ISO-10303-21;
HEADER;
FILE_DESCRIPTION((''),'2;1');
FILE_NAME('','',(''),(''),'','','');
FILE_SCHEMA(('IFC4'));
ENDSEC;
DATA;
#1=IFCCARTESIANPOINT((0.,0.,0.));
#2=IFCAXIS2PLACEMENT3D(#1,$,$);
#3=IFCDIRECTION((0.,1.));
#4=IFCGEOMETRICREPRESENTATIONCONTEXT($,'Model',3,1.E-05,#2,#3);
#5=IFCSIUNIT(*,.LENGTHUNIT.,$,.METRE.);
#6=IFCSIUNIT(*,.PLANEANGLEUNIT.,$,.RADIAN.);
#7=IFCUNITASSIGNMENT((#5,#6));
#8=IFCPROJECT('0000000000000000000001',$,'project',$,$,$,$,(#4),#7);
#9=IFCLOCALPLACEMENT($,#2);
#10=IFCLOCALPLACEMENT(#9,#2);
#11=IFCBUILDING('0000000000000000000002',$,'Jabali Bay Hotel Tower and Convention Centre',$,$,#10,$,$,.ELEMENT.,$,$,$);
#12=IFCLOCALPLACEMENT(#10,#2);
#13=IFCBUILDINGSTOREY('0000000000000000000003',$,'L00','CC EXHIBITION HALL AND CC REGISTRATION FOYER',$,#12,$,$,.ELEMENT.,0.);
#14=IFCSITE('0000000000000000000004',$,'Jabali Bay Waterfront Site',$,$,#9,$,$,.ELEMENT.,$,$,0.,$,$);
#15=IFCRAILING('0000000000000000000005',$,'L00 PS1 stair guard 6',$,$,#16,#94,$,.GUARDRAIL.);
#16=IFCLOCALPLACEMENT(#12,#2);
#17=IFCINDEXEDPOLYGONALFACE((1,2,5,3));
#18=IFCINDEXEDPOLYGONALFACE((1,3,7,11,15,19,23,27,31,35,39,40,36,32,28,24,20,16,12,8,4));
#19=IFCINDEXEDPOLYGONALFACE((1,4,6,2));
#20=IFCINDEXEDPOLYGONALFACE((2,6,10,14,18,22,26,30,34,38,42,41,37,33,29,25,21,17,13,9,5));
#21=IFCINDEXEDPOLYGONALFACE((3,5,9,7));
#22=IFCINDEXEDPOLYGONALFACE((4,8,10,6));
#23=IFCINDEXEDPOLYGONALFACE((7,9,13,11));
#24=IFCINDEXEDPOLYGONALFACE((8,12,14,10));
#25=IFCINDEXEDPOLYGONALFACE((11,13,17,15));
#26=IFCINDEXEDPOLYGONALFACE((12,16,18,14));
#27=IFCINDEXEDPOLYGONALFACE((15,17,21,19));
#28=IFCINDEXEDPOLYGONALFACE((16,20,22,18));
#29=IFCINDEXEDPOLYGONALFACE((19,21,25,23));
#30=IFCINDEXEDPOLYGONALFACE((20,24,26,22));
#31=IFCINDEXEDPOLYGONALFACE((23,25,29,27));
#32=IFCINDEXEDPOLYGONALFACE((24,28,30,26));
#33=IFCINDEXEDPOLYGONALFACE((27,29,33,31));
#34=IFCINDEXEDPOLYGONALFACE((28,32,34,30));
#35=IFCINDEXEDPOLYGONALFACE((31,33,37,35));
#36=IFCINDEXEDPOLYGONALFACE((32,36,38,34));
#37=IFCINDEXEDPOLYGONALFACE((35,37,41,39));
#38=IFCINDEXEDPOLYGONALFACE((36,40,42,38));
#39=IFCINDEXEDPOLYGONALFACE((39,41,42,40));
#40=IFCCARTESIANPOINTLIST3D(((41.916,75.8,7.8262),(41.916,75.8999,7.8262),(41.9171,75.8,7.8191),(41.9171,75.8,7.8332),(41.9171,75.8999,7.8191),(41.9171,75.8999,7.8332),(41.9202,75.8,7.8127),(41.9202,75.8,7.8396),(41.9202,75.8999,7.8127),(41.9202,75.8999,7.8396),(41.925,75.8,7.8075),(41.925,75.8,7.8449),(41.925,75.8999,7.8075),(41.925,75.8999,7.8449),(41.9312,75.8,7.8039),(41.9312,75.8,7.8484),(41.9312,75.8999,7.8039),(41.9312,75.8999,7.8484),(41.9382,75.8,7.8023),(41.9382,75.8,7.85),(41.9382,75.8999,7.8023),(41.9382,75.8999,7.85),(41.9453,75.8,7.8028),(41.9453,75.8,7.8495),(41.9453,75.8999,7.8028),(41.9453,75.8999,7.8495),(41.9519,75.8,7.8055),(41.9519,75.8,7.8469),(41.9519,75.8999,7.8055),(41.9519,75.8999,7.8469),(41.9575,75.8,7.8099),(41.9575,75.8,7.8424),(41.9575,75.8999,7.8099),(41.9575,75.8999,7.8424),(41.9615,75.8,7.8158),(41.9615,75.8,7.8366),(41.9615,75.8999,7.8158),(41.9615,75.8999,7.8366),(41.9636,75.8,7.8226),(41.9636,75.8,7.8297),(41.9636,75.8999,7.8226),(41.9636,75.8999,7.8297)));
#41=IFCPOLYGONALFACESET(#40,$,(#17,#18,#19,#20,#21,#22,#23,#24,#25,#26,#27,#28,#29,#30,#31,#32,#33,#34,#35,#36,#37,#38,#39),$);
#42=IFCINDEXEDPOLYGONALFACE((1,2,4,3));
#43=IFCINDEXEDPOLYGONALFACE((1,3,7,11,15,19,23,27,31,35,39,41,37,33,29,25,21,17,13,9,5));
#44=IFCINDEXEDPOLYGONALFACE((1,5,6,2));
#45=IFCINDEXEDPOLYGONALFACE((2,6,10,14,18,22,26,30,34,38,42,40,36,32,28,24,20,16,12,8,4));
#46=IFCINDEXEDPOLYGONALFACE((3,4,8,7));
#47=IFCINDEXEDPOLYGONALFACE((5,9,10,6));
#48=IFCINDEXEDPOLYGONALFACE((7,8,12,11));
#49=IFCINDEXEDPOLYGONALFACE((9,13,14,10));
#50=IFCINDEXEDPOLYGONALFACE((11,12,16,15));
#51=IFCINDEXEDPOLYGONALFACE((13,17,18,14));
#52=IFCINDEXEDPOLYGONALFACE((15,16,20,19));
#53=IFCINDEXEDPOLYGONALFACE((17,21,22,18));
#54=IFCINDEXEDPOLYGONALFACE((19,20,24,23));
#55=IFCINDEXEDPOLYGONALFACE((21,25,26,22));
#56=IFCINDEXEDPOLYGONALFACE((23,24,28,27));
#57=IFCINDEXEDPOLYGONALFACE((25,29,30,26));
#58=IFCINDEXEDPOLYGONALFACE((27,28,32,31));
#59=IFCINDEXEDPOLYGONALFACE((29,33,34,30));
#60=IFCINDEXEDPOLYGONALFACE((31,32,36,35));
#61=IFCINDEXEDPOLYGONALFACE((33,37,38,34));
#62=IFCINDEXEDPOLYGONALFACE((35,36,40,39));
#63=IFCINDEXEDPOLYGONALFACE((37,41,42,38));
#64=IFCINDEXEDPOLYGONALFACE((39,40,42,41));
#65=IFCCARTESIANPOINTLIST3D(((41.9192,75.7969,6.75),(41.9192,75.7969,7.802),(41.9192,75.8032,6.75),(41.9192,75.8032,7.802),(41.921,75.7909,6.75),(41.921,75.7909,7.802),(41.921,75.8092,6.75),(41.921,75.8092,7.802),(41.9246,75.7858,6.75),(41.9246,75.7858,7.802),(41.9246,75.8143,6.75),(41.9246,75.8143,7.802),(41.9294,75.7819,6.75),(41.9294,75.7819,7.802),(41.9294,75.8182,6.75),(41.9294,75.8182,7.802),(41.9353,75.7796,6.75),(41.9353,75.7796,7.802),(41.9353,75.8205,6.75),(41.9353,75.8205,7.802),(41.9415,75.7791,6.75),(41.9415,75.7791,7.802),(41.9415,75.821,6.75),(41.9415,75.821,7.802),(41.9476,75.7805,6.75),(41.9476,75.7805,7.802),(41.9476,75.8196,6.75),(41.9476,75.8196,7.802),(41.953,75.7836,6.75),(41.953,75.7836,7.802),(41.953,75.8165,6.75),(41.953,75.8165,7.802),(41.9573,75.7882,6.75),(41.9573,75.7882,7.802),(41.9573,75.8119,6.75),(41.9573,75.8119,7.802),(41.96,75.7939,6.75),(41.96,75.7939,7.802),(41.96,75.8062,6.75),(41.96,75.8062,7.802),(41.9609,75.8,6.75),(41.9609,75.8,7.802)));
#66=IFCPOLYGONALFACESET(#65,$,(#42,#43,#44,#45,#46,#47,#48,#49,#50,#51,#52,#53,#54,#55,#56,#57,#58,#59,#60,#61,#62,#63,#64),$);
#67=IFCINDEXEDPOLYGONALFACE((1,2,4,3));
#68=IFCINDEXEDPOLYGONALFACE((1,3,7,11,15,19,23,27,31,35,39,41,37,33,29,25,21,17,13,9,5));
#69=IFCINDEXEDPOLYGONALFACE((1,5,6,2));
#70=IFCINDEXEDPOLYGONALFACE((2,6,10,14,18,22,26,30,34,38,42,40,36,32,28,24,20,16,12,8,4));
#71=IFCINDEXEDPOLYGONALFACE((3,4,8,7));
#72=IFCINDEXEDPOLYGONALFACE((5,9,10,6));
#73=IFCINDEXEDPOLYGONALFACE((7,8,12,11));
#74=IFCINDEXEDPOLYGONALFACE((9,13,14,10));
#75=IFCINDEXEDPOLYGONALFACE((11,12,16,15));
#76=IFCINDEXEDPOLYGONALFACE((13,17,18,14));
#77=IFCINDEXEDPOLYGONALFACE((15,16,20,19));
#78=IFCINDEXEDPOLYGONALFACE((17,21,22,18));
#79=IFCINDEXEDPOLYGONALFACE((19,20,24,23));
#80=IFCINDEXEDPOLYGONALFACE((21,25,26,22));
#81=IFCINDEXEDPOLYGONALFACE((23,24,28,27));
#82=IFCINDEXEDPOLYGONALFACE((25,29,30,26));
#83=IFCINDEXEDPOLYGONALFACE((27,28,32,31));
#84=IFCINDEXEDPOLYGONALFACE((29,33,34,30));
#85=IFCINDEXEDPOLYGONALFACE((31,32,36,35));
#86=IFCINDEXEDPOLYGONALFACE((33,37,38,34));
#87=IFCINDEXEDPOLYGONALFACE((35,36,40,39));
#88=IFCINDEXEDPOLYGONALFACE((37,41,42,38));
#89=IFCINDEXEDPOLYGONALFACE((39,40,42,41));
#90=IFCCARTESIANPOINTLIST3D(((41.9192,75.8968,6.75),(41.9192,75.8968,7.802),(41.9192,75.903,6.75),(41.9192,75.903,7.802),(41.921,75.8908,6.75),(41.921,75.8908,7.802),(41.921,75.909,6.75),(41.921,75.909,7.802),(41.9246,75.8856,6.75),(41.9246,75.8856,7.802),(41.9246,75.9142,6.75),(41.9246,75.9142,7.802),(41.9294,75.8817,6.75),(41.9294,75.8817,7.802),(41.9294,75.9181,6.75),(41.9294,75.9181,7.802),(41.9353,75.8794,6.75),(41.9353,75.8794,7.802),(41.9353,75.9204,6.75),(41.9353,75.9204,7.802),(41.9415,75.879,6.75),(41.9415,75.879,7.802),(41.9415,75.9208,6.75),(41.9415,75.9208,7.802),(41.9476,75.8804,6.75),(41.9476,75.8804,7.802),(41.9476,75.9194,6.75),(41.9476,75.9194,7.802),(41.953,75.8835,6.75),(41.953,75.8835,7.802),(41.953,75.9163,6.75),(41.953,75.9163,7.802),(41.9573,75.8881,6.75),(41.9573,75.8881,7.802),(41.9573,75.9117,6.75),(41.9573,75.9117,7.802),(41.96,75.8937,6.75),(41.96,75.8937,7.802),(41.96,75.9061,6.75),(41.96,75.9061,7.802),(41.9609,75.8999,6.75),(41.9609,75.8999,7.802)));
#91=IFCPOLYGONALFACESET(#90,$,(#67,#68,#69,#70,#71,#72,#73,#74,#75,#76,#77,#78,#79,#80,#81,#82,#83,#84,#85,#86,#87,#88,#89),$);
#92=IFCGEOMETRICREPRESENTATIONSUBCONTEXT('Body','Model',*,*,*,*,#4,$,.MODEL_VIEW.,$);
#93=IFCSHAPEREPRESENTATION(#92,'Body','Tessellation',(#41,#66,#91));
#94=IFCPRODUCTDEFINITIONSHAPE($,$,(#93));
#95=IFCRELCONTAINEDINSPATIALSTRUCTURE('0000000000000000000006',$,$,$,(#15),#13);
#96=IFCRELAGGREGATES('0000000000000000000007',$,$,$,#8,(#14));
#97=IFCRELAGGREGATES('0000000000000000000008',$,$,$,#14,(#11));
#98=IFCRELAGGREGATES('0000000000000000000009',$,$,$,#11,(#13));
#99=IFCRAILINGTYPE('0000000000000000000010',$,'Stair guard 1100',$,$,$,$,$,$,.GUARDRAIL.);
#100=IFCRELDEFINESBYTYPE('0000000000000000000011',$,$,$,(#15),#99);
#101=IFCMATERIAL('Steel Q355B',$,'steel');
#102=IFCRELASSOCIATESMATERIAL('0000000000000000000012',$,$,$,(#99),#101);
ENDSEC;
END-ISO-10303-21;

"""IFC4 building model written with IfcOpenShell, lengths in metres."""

from ifc_helpers import new_model, si_unit, direction, frame, origin, origin_2d, place, context, subcontext, project, spatial, circle, extrude, material, type_object, element, save


model = new_model("IFC4")

# Units and contexts
model_context = context("Model", 3, precision=1e-05, world=origin(), true_north=direction((0.0, 1.0)))
body_context = subcontext(model_context, "Body", "Model", "MODEL_VIEW")
ifc_project = project(units=[si_unit("LENGTHUNIT", "METRE"), si_unit("PLANEANGLEUNIT", "RADIAN")], contexts=[model_context])

# Site, building, storey
site_placement = place(None, origin())
site = spatial("IfcSite", under=ifc_project, at=site_placement, Name="Jabali Bay Waterfront Site", CompositionType="ELEMENT", RefElevation=0.0)
building_placement = place(site_placement, origin())
building = spatial("IfcBuilding", under=site, at=building_placement, Name="Jabali Bay Hotel Tower and Convention Centre", CompositionType="ELEMENT")
storey_placement = place(building_placement, origin())
storey = spatial("IfcBuildingStorey", under=building, at=storey_placement, Name="L00", Description="CC EXHIBITION HALL AND CC REGISTRATION FOYER", CompositionType="ELEMENT", Elevation=0.0)

# Railing
ifc_material_1 = material(Name="Steel Q355B", Category="steel")
railing_type_1 = type_object("IfcRailingType", Name="Stair guard 1100", PredefinedType="GUARDRAIL", material=ifc_material_1)
railing_1_placement = place(storey_placement, frame((41.9399, 75.8, 6.75)))
element("IfcRailing", 1, at=railing_1_placement, inside=storey, type_object=railing_type_1, Name="L00 PS1 stair guard 6", PredefinedType="GUARDRAIL", context=body_context, shape_type="SweptSolid", body=[
    extrude(circle(Radius=0.0239, at=origin_2d()), frame((0.0, 0.0, 1.0762), z_axis=(0.0, 1.0, 0.0), x_axis=(-1.0, 0.0, 0.0)), (0.0, 0.0, 1.0), 0.0999),
    extrude(circle(Radius=0.021, at=origin_2d()), origin(), (0.0, 0.0, 1.0), 1.052),
    extrude(circle(Radius=0.021, at=origin_2d()), frame((0.0, 0.0999, 0.0)), (0.0, 0.0, 1.0), 1.052),
])

save(model, "model.ifc")
